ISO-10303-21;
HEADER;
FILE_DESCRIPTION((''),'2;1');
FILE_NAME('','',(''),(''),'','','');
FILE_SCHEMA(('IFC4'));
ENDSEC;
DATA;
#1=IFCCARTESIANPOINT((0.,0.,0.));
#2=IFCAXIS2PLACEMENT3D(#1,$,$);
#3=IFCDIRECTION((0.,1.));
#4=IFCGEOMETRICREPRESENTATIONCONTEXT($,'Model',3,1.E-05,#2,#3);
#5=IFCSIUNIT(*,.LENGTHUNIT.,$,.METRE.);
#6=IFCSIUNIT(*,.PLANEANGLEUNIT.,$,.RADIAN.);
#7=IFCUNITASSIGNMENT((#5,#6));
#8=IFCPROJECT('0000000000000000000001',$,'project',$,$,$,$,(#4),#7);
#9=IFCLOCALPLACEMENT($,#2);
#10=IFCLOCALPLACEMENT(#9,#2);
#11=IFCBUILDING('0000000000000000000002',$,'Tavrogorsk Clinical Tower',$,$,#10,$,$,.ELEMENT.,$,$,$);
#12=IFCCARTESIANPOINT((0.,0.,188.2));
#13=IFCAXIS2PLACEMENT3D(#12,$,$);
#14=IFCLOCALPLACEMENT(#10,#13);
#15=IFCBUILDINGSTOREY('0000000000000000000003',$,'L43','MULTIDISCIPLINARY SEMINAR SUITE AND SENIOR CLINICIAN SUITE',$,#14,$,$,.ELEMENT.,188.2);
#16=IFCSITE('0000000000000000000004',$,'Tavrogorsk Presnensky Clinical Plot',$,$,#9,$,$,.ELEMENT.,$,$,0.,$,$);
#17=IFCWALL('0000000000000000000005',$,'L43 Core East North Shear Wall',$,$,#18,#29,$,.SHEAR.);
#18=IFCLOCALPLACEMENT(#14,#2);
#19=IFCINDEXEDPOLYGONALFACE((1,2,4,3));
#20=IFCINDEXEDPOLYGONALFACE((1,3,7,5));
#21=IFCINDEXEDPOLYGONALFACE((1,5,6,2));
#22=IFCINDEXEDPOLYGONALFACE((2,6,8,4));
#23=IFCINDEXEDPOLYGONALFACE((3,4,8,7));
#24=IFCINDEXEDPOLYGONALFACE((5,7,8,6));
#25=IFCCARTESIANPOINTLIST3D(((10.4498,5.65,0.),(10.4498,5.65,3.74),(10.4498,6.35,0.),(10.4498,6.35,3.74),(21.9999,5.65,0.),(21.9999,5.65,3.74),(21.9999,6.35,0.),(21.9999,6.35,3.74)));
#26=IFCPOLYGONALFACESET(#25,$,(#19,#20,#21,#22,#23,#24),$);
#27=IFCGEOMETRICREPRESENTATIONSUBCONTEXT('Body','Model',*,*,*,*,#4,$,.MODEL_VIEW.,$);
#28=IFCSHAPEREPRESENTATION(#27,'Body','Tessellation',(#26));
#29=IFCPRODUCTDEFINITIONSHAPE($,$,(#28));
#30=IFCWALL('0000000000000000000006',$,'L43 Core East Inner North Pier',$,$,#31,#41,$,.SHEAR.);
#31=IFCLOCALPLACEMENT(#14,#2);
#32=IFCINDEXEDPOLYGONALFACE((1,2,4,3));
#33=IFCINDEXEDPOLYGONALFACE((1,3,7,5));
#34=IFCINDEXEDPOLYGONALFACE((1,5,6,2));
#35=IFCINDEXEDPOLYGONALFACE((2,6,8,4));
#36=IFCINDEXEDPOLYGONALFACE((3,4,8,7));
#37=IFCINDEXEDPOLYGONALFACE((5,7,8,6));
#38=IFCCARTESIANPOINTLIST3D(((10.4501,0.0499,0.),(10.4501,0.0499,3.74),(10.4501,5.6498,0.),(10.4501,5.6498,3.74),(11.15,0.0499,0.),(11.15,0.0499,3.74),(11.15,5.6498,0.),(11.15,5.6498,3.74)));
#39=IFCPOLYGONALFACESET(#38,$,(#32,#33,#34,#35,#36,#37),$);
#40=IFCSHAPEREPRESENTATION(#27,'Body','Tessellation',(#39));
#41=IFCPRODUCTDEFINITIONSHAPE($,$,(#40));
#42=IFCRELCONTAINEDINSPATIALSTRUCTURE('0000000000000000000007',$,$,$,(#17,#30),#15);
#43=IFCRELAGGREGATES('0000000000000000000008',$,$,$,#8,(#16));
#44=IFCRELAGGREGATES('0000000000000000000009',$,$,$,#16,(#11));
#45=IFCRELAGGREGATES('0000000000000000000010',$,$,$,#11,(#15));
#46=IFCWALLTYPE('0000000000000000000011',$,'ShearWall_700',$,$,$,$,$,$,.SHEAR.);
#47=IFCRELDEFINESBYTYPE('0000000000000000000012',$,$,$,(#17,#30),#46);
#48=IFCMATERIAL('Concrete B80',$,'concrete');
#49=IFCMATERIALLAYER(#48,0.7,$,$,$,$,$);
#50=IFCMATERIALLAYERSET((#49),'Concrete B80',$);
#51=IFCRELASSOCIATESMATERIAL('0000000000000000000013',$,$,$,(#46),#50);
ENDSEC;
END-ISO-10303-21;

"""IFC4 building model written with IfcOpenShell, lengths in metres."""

from ifc_helpers import new_model, si_unit, direction, frame, frame_2d, origin, place, context, subcontext, project, spatial, rectangle, extrude, material, layer, layer_set, type_object, element, save


model = new_model("IFC4")

# Units and contexts
model_context = context("Model", 3, precision=1e-05, world=origin(), true_north=direction((0.0, 1.0)))
body_context = subcontext(model_context, "Body", "Model", "MODEL_VIEW")
ifc_project = project(units=[si_unit("LENGTHUNIT", "METRE"), si_unit("PLANEANGLEUNIT", "RADIAN")], contexts=[model_context])

# Site, building, storey
site_placement = place(None, origin())
site = spatial("IfcSite", under=ifc_project, at=site_placement, Name="Tavrogorsk Presnensky Clinical Plot", CompositionType="ELEMENT", RefElevation=0.0)
building_placement = place(site_placement, origin())
building = spatial("IfcBuilding", under=site, at=building_placement, Name="Tavrogorsk Clinical Tower", CompositionType="ELEMENT")
storey_placement = place(building_placement, frame((0.0, 0.0, 188.2)))
storey = spatial("IfcBuildingStorey", under=building, at=storey_placement, Name="L43", Description="MULTIDISCIPLINARY SEMINAR SUITE AND SENIOR CLINICIAN SUITE", CompositionType="ELEMENT", Elevation=188.2)

# Walls
ifc_material_1 = material(Name="Concrete B80", Category="concrete")
ifc_layer_1 = layer(ifc_material_1, 0.7)
ifc_layer_set_1 = layer_set([ifc_layer_1], Name="Concrete B80")
wall_type_1 = type_object("IfcWallType", Name="ShearWall_700", PredefinedType="SHEAR", material=ifc_layer_set_1)
wall_1_placement = place(storey_placement, frame((10.45, 6.0, 0.0), z_axis=(0.0, 0.0, 1.0), x_axis=(1.0, 0.0, 0.0)))
element("IfcWall", 1, at=wall_1_placement, inside=storey, type_object=wall_type_1, Name="L43 Core East North Shear Wall", PredefinedType="SHEAR", context=body_context, shape_type="SweptSolid", body=[
    extrude(rectangle(XDim=11.55, YDim=0.7, at=frame_2d((5.7749, 0.0))), origin(), (0.0, 0.0, 1.0), 3.74),
])
wall_2_placement = place(storey_placement, frame((10.8, 0.05, 0.0), z_axis=(0.0, 0.0, 1.0), x_axis=(0.0, 1.0, 0.0)))
element("IfcWall", 2, at=wall_2_placement, inside=storey, type_object=wall_type_1, Name="L43 Core East Inner North Pier", PredefinedType="SHEAR", context=body_context, shape_type="SweptSolid", body=[
    extrude(rectangle(XDim=5.5999, YDim=0.7, at=frame_2d((2.7998, 0.0))), origin(), (0.0, 0.0, 1.0), 3.74),
])

save(model, "model.ifc")
